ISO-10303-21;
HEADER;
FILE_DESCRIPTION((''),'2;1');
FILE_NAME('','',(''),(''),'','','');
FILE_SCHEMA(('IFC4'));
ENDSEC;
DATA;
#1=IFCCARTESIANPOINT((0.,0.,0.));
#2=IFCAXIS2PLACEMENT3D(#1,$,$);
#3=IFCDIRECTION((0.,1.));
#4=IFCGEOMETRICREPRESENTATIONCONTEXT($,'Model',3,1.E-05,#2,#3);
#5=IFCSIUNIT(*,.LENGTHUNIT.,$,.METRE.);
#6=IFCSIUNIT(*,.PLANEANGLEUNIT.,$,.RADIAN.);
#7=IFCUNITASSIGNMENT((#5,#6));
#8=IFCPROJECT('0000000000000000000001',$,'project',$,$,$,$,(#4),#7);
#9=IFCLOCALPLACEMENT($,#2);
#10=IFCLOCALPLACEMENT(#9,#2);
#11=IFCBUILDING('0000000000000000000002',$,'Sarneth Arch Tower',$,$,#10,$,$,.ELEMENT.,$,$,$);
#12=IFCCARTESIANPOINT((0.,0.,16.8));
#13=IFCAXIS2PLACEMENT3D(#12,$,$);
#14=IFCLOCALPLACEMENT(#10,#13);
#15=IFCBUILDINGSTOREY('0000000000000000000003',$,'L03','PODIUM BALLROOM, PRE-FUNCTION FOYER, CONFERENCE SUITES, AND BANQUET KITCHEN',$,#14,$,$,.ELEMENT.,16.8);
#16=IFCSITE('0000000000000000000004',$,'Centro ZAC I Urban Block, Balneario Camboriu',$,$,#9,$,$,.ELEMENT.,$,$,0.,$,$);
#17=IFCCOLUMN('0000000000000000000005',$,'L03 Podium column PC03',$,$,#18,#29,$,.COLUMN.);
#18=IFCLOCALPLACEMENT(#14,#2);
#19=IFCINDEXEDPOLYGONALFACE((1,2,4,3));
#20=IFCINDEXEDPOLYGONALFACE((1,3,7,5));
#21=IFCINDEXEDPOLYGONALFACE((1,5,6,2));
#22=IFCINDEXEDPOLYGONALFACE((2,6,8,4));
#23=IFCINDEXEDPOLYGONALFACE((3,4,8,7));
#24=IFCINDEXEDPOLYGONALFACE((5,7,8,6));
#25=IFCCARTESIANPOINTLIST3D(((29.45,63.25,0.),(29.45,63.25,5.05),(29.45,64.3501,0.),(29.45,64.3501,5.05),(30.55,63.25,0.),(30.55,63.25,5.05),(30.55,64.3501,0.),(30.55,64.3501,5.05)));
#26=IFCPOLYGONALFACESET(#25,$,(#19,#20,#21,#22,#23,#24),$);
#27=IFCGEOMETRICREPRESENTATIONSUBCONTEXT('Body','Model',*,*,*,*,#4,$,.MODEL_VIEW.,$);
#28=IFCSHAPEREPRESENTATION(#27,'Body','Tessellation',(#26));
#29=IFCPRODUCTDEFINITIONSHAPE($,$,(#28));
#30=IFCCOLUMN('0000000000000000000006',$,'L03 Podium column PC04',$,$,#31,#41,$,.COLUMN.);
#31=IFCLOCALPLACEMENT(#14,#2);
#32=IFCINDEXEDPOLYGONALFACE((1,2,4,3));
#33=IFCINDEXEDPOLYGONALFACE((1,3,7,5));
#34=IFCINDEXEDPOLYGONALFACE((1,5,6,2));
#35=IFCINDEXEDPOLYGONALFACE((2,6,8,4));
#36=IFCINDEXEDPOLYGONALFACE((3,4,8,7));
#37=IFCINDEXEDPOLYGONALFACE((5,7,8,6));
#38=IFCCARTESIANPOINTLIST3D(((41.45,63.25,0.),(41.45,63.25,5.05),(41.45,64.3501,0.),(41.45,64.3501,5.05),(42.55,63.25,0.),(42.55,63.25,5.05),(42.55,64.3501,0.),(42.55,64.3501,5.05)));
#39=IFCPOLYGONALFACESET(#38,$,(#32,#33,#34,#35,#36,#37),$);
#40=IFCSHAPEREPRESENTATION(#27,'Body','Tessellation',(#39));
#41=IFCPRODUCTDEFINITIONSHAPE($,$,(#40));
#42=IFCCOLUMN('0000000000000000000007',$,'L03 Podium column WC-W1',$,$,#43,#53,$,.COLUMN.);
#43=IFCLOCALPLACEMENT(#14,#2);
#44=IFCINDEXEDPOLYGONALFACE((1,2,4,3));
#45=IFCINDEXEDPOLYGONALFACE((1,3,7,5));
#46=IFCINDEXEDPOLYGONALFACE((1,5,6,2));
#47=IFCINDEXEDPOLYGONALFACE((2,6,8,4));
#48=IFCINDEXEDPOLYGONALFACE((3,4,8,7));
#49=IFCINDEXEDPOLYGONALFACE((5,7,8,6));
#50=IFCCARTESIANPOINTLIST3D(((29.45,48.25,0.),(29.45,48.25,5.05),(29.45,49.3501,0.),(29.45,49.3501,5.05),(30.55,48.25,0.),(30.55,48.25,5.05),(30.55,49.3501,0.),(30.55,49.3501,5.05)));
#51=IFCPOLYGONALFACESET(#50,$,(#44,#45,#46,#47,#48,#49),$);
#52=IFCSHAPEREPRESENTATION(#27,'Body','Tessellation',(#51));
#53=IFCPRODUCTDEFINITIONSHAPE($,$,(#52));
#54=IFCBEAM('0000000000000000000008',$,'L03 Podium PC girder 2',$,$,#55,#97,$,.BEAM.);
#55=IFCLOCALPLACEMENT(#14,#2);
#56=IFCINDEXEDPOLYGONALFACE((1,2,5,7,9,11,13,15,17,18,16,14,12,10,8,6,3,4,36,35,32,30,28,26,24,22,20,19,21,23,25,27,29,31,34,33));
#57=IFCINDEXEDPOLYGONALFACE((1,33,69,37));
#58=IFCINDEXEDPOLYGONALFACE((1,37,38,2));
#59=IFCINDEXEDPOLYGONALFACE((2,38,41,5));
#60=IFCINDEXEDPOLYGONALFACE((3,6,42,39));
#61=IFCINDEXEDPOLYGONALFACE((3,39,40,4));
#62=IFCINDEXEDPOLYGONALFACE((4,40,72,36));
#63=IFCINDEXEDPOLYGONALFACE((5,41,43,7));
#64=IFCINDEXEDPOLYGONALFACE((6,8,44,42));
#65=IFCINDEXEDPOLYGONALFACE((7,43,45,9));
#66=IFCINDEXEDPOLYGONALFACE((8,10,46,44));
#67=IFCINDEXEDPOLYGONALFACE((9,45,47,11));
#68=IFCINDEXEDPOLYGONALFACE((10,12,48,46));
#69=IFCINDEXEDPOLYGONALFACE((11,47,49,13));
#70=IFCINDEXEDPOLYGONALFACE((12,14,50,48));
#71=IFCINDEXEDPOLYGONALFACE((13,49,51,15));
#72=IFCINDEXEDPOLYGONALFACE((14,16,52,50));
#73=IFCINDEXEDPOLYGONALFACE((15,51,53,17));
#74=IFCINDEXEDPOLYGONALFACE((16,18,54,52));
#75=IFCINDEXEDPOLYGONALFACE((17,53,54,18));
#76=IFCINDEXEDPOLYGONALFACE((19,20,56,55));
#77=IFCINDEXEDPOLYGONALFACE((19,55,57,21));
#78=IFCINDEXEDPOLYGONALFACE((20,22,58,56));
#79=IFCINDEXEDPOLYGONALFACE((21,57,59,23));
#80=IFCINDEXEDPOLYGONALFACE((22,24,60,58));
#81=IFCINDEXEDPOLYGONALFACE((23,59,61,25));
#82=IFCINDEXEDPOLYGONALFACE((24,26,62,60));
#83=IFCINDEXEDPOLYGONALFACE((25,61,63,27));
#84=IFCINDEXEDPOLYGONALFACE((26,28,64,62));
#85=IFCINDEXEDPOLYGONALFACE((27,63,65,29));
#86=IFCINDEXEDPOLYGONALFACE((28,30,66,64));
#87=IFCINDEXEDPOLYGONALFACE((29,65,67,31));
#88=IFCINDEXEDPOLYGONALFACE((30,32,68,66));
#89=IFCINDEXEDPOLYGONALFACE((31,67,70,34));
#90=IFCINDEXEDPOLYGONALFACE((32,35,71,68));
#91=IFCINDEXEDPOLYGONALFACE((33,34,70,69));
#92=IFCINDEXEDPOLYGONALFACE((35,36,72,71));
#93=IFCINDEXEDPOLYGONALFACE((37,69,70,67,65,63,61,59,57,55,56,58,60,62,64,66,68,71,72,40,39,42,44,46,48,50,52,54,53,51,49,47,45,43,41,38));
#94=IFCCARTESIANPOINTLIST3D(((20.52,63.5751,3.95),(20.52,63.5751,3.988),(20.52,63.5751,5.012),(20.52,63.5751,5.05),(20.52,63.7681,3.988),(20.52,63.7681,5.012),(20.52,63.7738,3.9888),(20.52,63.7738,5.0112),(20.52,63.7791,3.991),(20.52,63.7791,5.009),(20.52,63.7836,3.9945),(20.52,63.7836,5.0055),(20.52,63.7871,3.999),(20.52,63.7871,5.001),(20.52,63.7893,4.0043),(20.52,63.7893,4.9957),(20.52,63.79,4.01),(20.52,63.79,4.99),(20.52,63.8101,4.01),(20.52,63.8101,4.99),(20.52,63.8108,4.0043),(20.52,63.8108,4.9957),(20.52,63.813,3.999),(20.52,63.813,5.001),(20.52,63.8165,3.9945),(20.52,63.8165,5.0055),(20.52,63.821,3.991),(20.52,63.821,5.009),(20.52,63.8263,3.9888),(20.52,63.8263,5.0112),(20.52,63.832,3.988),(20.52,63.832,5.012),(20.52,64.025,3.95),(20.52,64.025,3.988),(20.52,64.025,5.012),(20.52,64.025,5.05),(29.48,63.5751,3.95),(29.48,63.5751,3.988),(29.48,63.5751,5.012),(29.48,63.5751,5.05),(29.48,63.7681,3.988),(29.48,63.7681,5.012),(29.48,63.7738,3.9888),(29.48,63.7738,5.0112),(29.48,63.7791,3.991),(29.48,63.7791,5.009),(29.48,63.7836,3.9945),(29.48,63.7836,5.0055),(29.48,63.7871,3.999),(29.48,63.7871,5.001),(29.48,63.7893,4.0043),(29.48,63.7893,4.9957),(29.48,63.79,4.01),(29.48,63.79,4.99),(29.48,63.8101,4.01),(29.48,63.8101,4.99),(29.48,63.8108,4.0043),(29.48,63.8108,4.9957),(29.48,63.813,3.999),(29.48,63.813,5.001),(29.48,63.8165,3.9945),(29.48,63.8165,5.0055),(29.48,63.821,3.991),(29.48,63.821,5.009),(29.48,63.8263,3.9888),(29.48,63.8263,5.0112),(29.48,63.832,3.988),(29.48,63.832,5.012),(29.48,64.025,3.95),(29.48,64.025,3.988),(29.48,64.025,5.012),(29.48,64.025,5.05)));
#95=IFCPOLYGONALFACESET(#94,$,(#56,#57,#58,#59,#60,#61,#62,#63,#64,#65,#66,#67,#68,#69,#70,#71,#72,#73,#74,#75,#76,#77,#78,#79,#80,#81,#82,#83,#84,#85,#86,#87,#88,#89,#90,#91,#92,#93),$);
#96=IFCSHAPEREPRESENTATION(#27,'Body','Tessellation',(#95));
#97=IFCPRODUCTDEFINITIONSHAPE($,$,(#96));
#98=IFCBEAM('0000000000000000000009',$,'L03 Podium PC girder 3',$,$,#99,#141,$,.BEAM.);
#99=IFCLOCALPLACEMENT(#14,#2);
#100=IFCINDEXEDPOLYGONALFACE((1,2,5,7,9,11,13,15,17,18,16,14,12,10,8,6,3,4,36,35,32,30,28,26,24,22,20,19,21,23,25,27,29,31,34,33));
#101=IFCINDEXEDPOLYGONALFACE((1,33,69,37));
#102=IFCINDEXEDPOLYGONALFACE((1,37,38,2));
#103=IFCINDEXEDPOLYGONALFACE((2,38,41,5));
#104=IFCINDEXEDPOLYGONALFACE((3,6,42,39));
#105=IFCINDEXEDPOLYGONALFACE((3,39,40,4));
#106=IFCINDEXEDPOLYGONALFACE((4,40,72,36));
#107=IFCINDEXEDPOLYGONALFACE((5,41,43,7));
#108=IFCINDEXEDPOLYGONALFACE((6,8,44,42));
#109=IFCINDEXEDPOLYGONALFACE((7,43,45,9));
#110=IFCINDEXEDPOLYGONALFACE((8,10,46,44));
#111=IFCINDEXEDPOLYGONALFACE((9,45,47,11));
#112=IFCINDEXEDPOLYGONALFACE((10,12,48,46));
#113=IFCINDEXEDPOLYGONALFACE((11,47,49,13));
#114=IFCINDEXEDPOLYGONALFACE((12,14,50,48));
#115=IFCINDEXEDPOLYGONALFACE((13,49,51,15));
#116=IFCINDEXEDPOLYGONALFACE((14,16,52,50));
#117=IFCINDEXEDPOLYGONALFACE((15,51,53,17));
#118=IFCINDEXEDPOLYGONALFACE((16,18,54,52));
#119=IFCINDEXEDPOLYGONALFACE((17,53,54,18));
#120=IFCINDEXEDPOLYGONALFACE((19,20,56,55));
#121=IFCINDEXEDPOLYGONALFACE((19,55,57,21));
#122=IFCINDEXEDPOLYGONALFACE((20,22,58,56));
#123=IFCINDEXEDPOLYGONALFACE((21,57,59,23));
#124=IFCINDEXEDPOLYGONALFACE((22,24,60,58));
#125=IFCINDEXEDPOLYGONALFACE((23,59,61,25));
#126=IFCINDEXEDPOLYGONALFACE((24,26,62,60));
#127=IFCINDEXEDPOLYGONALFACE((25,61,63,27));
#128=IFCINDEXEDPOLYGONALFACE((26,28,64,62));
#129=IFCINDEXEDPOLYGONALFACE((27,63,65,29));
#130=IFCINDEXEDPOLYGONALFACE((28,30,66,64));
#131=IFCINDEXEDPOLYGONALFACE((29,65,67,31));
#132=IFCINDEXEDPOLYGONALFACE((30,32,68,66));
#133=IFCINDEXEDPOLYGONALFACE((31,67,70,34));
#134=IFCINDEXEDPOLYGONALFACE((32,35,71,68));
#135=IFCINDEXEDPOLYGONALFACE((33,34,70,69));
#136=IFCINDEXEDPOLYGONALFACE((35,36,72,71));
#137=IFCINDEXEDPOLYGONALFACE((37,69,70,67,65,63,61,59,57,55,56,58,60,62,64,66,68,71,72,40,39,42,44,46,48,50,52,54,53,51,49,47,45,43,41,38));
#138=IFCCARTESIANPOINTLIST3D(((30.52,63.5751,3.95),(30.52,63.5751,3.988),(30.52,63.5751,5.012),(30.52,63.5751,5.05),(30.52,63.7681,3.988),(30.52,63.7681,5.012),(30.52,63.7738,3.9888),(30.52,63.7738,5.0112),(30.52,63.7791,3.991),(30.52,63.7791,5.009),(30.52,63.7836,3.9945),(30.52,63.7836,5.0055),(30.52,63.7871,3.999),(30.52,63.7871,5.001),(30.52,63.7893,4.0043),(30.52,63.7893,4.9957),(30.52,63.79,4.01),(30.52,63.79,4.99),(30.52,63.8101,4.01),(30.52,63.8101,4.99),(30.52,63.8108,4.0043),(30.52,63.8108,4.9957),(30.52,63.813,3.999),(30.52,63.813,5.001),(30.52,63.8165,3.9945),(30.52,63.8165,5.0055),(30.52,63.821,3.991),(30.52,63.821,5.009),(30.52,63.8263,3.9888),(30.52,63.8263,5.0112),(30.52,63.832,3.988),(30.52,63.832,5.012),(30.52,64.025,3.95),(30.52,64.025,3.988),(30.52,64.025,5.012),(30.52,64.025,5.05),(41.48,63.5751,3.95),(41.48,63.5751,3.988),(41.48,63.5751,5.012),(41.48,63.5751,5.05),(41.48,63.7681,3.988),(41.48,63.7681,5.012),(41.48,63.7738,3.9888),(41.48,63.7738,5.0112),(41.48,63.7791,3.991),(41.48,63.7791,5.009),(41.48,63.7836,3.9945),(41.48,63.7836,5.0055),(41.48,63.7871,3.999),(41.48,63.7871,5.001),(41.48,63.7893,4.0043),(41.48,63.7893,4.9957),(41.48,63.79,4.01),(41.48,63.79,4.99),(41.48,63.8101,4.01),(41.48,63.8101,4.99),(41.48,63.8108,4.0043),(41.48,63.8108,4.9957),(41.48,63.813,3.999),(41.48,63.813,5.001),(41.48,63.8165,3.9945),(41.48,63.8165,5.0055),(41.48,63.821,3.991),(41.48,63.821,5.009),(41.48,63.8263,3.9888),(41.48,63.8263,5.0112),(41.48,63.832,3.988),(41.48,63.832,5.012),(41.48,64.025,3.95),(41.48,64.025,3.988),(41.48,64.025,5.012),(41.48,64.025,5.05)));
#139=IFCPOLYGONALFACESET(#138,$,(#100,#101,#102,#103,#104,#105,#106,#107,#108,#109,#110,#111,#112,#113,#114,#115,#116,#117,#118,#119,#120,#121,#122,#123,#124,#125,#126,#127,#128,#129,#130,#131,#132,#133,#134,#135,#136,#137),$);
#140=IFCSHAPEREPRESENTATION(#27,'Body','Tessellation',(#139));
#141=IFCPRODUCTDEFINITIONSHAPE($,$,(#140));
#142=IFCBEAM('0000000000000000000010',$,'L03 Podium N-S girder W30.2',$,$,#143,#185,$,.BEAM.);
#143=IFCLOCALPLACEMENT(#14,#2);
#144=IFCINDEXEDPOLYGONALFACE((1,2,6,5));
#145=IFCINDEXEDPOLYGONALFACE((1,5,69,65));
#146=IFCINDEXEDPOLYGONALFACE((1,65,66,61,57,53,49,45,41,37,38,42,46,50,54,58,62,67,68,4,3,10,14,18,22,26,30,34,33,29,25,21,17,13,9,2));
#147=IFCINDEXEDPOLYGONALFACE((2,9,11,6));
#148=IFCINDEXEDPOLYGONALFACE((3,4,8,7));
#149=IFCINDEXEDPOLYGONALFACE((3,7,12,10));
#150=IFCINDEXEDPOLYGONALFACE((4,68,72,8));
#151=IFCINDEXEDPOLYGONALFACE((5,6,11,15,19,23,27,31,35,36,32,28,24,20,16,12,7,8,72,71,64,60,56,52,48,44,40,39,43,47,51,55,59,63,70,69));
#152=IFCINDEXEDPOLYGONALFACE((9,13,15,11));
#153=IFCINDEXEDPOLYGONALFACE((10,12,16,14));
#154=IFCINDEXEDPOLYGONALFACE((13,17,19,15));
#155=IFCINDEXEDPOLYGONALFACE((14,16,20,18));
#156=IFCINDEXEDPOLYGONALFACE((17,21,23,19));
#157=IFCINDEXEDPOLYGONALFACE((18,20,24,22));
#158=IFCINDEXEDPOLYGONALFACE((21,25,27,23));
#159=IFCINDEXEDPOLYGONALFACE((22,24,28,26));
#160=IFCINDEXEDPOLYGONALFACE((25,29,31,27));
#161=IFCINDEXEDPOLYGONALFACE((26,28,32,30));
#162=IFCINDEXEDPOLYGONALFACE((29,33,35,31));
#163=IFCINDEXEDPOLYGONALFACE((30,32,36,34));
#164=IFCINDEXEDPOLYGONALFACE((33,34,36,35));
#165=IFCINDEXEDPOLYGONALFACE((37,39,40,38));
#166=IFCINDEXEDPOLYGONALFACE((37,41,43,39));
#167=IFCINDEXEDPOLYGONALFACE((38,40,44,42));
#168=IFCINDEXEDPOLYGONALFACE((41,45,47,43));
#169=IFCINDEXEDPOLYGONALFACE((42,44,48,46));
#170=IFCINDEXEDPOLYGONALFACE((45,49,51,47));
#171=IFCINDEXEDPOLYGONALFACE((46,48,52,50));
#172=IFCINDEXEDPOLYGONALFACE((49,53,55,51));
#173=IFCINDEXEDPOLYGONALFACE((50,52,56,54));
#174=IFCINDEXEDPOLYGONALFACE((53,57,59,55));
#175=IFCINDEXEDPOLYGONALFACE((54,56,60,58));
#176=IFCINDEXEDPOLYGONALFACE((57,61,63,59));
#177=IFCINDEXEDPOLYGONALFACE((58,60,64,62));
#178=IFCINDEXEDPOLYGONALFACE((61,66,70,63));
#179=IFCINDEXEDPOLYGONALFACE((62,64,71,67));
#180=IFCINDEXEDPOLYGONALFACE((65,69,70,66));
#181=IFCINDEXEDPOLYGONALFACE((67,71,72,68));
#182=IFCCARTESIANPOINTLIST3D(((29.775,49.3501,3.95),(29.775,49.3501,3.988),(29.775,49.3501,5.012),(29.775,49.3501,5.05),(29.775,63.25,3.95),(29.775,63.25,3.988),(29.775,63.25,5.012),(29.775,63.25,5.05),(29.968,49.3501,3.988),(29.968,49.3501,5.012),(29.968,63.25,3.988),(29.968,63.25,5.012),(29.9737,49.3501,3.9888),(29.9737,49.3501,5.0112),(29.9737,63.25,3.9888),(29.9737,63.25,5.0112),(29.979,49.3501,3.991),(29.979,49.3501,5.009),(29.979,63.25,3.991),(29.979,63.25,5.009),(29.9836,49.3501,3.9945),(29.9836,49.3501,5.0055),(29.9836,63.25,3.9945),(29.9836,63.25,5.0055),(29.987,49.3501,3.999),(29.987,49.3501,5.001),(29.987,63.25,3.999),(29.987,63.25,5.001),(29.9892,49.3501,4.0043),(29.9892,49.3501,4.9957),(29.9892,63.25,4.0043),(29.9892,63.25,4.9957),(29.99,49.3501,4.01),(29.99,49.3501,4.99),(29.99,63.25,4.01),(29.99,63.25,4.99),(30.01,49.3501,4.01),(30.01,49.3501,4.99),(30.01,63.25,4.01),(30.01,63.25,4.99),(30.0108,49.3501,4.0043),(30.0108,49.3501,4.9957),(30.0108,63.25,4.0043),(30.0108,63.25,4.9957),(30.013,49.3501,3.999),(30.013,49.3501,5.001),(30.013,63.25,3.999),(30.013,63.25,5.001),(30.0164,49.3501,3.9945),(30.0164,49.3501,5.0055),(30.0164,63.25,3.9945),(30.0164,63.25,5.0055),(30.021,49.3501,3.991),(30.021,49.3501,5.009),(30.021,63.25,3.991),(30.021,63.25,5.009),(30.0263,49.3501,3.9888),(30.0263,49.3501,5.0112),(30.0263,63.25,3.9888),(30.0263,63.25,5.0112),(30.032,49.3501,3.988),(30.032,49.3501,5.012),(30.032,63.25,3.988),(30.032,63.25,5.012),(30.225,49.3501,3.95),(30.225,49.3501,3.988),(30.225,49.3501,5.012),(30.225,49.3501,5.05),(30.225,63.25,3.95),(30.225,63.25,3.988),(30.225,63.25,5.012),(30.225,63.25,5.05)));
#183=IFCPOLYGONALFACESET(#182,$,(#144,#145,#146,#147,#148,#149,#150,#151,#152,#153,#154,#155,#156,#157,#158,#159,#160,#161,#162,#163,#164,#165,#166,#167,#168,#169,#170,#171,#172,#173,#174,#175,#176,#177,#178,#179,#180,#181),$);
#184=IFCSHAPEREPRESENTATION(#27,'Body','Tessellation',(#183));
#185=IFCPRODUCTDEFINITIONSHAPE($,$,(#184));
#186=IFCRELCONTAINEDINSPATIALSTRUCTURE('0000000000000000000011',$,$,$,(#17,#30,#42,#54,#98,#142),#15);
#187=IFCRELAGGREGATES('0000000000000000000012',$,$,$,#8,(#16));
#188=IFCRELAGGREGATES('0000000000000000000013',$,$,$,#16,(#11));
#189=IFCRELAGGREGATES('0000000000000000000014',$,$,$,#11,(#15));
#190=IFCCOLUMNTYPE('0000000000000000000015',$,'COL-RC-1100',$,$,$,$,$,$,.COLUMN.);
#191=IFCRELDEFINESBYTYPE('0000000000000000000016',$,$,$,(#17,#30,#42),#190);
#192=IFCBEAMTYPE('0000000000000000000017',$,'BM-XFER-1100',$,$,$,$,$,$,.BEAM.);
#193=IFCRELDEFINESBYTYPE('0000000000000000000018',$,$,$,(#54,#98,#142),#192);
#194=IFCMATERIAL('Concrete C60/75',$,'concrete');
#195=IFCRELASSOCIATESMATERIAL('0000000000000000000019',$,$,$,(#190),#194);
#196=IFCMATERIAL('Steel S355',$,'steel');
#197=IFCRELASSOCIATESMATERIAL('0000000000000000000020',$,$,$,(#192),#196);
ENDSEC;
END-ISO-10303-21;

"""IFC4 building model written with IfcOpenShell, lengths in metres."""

from ifc_helpers import new_model, si_unit, direction, frame, origin, origin_2d, place, context, subcontext, project, spatial, rectangle, i_section, extrude, material, material_profile, profile_set, type_object, element, save


model = new_model("IFC4")

# Units and contexts
model_context = context("Model", 3, precision=1e-05, world=origin(), true_north=direction((0.0, 1.0)))
body_context = subcontext(model_context, "Body", "Model", "MODEL_VIEW")
ifc_project = project(units=[si_unit("LENGTHUNIT", "METRE"), si_unit("PLANEANGLEUNIT", "RADIAN")], contexts=[model_context])

# Site, building, storey
site_placement = place(None, origin())
site = spatial("IfcSite", under=ifc_project, at=site_placement, Name="Centro ZAC I Urban Block, Balneario Camboriu", CompositionType="ELEMENT", RefElevation=0.0)
building_placement = place(site_placement, origin())
building = spatial("IfcBuilding", under=site, at=building_placement, Name="Sarneth Arch Tower", CompositionType="ELEMENT")
storey_placement = place(building_placement, frame((0.0, 0.0, 16.8)))
storey = spatial("IfcBuildingStorey", under=building, at=storey_placement, Name="L03", Description="PODIUM BALLROOM, PRE-FUNCTION FOYER, CONFERENCE SUITES, AND BANQUET KITCHEN", CompositionType="ELEMENT", Elevation=16.8)

# Columns
ifc_material_1 = material(Name="Concrete C60/75", Category="concrete")
ifc_material_profile_1 = material_profile(ifc_material_1, rectangle(XDim=1.1001, YDim=1.1001, at=origin_2d()), Name="RC-1100x1100")
ifc_profile_set_1 = profile_set([ifc_material_profile_1], Name="Concrete C60/75")
column_type = type_object("IfcColumnType", Name="COL-RC-1100", PredefinedType="COLUMN", material=ifc_profile_set_1)
for number, where, z_axis, x_axis, name in (
    (1, (30.0, 63.8, 0.0), (0.0, 0.0, 1.0), (1.0, 0.0, 0.0), "L03 Podium column PC03"),
    (2, (42.0, 63.8, 0.0), (0.0, 0.0, 1.0), (1.0, 0.0, 0.0), "L03 Podium column PC04"),
    (3, (30.0, 48.8, 0.0), (0.0, 0.0, 1.0), (1.0, 0.0, 0.0), "L03 Podium column WC-W1"),
):
    element("IfcColumn", number, at=place(storey_placement, frame(where, z_axis=z_axis, x_axis=x_axis)), inside=storey, type_object=column_type, Name=name, PredefinedType="COLUMN", context=body_context, shape_type="SweptSolid", body=[
        extrude(rectangle(XDim=1.1001, YDim=1.1001, at=origin_2d()), origin(), (0.0, 0.0, 1.0), 5.05),
    ])

# Beams
ifc_material_2 = material(Name="Steel S355", Category="steel")
ifc_material_profile_2 = material_profile(ifc_material_2, i_section(OverallWidth=0.45, OverallDepth=1.1001, WebThickness=0.02, FlangeThickness=0.0381, FilletRadius=0.022, at=origin_2d()), Name="CVS1100x456")
ifc_profile_set_2 = profile_set([ifc_material_profile_2], Name="Steel S355")
beam_type = type_object("IfcBeamType", Name="BM-XFER-1100", PredefinedType="BEAM", material=ifc_profile_set_2)
beam_1_placement = place(storey_placement, frame((20.52, 63.8, 4.5), z_axis=(1.0, 0.0, 0.0), x_axis=(0.0, 1.0, 0.0)))
element("IfcBeam", 4, at=beam_1_placement, inside=storey, type_object=beam_type, Name="L03 Podium PC girder 2", PredefinedType="BEAM", context=body_context, shape_type="SweptSolid", body=[
    extrude(i_section(OverallWidth=0.45, OverallDepth=1.1001, WebThickness=0.02, FlangeThickness=0.0381, FilletRadius=0.022, at=origin_2d()), origin(), (0.0, 0.0, 1.0), 8.96),
])
beam_2_placement = place(storey_placement, frame((30.52, 63.8, 4.5), z_axis=(1.0, 0.0, 0.0), x_axis=(0.0, 1.0, 0.0)))
element("IfcBeam", 5, at=beam_2_placement, inside=storey, type_object=beam_type, Name="L03 Podium PC girder 3", PredefinedType="BEAM", context=body_context, shape_type="SweptSolid", body=[
    extrude(i_section(OverallWidth=0.45, OverallDepth=1.1001, WebThickness=0.02, FlangeThickness=0.0381, FilletRadius=0.022, at=origin_2d()), origin(), (0.0, 0.0, 1.0), 10.96),
])
beam_3_placement = place(storey_placement, frame((30.0, 49.3501, 4.5), z_axis=(0.0, 1.0, 0.0), x_axis=(-1.0, 0.0, 0.0)))
element("IfcBeam", 6, at=beam_3_placement, inside=storey, type_object=beam_type, Name="L03 Podium N-S girder W30.2", PredefinedType="BEAM", context=body_context, shape_type="SweptSolid", body=[
    extrude(i_section(OverallWidth=0.45, OverallDepth=1.1001, WebThickness=0.02, FlangeThickness=0.0381, FilletRadius=0.022, at=origin_2d()), origin(), (0.0, 0.0, 1.0), 13.8999),
])

save(model, "model.ifc")
